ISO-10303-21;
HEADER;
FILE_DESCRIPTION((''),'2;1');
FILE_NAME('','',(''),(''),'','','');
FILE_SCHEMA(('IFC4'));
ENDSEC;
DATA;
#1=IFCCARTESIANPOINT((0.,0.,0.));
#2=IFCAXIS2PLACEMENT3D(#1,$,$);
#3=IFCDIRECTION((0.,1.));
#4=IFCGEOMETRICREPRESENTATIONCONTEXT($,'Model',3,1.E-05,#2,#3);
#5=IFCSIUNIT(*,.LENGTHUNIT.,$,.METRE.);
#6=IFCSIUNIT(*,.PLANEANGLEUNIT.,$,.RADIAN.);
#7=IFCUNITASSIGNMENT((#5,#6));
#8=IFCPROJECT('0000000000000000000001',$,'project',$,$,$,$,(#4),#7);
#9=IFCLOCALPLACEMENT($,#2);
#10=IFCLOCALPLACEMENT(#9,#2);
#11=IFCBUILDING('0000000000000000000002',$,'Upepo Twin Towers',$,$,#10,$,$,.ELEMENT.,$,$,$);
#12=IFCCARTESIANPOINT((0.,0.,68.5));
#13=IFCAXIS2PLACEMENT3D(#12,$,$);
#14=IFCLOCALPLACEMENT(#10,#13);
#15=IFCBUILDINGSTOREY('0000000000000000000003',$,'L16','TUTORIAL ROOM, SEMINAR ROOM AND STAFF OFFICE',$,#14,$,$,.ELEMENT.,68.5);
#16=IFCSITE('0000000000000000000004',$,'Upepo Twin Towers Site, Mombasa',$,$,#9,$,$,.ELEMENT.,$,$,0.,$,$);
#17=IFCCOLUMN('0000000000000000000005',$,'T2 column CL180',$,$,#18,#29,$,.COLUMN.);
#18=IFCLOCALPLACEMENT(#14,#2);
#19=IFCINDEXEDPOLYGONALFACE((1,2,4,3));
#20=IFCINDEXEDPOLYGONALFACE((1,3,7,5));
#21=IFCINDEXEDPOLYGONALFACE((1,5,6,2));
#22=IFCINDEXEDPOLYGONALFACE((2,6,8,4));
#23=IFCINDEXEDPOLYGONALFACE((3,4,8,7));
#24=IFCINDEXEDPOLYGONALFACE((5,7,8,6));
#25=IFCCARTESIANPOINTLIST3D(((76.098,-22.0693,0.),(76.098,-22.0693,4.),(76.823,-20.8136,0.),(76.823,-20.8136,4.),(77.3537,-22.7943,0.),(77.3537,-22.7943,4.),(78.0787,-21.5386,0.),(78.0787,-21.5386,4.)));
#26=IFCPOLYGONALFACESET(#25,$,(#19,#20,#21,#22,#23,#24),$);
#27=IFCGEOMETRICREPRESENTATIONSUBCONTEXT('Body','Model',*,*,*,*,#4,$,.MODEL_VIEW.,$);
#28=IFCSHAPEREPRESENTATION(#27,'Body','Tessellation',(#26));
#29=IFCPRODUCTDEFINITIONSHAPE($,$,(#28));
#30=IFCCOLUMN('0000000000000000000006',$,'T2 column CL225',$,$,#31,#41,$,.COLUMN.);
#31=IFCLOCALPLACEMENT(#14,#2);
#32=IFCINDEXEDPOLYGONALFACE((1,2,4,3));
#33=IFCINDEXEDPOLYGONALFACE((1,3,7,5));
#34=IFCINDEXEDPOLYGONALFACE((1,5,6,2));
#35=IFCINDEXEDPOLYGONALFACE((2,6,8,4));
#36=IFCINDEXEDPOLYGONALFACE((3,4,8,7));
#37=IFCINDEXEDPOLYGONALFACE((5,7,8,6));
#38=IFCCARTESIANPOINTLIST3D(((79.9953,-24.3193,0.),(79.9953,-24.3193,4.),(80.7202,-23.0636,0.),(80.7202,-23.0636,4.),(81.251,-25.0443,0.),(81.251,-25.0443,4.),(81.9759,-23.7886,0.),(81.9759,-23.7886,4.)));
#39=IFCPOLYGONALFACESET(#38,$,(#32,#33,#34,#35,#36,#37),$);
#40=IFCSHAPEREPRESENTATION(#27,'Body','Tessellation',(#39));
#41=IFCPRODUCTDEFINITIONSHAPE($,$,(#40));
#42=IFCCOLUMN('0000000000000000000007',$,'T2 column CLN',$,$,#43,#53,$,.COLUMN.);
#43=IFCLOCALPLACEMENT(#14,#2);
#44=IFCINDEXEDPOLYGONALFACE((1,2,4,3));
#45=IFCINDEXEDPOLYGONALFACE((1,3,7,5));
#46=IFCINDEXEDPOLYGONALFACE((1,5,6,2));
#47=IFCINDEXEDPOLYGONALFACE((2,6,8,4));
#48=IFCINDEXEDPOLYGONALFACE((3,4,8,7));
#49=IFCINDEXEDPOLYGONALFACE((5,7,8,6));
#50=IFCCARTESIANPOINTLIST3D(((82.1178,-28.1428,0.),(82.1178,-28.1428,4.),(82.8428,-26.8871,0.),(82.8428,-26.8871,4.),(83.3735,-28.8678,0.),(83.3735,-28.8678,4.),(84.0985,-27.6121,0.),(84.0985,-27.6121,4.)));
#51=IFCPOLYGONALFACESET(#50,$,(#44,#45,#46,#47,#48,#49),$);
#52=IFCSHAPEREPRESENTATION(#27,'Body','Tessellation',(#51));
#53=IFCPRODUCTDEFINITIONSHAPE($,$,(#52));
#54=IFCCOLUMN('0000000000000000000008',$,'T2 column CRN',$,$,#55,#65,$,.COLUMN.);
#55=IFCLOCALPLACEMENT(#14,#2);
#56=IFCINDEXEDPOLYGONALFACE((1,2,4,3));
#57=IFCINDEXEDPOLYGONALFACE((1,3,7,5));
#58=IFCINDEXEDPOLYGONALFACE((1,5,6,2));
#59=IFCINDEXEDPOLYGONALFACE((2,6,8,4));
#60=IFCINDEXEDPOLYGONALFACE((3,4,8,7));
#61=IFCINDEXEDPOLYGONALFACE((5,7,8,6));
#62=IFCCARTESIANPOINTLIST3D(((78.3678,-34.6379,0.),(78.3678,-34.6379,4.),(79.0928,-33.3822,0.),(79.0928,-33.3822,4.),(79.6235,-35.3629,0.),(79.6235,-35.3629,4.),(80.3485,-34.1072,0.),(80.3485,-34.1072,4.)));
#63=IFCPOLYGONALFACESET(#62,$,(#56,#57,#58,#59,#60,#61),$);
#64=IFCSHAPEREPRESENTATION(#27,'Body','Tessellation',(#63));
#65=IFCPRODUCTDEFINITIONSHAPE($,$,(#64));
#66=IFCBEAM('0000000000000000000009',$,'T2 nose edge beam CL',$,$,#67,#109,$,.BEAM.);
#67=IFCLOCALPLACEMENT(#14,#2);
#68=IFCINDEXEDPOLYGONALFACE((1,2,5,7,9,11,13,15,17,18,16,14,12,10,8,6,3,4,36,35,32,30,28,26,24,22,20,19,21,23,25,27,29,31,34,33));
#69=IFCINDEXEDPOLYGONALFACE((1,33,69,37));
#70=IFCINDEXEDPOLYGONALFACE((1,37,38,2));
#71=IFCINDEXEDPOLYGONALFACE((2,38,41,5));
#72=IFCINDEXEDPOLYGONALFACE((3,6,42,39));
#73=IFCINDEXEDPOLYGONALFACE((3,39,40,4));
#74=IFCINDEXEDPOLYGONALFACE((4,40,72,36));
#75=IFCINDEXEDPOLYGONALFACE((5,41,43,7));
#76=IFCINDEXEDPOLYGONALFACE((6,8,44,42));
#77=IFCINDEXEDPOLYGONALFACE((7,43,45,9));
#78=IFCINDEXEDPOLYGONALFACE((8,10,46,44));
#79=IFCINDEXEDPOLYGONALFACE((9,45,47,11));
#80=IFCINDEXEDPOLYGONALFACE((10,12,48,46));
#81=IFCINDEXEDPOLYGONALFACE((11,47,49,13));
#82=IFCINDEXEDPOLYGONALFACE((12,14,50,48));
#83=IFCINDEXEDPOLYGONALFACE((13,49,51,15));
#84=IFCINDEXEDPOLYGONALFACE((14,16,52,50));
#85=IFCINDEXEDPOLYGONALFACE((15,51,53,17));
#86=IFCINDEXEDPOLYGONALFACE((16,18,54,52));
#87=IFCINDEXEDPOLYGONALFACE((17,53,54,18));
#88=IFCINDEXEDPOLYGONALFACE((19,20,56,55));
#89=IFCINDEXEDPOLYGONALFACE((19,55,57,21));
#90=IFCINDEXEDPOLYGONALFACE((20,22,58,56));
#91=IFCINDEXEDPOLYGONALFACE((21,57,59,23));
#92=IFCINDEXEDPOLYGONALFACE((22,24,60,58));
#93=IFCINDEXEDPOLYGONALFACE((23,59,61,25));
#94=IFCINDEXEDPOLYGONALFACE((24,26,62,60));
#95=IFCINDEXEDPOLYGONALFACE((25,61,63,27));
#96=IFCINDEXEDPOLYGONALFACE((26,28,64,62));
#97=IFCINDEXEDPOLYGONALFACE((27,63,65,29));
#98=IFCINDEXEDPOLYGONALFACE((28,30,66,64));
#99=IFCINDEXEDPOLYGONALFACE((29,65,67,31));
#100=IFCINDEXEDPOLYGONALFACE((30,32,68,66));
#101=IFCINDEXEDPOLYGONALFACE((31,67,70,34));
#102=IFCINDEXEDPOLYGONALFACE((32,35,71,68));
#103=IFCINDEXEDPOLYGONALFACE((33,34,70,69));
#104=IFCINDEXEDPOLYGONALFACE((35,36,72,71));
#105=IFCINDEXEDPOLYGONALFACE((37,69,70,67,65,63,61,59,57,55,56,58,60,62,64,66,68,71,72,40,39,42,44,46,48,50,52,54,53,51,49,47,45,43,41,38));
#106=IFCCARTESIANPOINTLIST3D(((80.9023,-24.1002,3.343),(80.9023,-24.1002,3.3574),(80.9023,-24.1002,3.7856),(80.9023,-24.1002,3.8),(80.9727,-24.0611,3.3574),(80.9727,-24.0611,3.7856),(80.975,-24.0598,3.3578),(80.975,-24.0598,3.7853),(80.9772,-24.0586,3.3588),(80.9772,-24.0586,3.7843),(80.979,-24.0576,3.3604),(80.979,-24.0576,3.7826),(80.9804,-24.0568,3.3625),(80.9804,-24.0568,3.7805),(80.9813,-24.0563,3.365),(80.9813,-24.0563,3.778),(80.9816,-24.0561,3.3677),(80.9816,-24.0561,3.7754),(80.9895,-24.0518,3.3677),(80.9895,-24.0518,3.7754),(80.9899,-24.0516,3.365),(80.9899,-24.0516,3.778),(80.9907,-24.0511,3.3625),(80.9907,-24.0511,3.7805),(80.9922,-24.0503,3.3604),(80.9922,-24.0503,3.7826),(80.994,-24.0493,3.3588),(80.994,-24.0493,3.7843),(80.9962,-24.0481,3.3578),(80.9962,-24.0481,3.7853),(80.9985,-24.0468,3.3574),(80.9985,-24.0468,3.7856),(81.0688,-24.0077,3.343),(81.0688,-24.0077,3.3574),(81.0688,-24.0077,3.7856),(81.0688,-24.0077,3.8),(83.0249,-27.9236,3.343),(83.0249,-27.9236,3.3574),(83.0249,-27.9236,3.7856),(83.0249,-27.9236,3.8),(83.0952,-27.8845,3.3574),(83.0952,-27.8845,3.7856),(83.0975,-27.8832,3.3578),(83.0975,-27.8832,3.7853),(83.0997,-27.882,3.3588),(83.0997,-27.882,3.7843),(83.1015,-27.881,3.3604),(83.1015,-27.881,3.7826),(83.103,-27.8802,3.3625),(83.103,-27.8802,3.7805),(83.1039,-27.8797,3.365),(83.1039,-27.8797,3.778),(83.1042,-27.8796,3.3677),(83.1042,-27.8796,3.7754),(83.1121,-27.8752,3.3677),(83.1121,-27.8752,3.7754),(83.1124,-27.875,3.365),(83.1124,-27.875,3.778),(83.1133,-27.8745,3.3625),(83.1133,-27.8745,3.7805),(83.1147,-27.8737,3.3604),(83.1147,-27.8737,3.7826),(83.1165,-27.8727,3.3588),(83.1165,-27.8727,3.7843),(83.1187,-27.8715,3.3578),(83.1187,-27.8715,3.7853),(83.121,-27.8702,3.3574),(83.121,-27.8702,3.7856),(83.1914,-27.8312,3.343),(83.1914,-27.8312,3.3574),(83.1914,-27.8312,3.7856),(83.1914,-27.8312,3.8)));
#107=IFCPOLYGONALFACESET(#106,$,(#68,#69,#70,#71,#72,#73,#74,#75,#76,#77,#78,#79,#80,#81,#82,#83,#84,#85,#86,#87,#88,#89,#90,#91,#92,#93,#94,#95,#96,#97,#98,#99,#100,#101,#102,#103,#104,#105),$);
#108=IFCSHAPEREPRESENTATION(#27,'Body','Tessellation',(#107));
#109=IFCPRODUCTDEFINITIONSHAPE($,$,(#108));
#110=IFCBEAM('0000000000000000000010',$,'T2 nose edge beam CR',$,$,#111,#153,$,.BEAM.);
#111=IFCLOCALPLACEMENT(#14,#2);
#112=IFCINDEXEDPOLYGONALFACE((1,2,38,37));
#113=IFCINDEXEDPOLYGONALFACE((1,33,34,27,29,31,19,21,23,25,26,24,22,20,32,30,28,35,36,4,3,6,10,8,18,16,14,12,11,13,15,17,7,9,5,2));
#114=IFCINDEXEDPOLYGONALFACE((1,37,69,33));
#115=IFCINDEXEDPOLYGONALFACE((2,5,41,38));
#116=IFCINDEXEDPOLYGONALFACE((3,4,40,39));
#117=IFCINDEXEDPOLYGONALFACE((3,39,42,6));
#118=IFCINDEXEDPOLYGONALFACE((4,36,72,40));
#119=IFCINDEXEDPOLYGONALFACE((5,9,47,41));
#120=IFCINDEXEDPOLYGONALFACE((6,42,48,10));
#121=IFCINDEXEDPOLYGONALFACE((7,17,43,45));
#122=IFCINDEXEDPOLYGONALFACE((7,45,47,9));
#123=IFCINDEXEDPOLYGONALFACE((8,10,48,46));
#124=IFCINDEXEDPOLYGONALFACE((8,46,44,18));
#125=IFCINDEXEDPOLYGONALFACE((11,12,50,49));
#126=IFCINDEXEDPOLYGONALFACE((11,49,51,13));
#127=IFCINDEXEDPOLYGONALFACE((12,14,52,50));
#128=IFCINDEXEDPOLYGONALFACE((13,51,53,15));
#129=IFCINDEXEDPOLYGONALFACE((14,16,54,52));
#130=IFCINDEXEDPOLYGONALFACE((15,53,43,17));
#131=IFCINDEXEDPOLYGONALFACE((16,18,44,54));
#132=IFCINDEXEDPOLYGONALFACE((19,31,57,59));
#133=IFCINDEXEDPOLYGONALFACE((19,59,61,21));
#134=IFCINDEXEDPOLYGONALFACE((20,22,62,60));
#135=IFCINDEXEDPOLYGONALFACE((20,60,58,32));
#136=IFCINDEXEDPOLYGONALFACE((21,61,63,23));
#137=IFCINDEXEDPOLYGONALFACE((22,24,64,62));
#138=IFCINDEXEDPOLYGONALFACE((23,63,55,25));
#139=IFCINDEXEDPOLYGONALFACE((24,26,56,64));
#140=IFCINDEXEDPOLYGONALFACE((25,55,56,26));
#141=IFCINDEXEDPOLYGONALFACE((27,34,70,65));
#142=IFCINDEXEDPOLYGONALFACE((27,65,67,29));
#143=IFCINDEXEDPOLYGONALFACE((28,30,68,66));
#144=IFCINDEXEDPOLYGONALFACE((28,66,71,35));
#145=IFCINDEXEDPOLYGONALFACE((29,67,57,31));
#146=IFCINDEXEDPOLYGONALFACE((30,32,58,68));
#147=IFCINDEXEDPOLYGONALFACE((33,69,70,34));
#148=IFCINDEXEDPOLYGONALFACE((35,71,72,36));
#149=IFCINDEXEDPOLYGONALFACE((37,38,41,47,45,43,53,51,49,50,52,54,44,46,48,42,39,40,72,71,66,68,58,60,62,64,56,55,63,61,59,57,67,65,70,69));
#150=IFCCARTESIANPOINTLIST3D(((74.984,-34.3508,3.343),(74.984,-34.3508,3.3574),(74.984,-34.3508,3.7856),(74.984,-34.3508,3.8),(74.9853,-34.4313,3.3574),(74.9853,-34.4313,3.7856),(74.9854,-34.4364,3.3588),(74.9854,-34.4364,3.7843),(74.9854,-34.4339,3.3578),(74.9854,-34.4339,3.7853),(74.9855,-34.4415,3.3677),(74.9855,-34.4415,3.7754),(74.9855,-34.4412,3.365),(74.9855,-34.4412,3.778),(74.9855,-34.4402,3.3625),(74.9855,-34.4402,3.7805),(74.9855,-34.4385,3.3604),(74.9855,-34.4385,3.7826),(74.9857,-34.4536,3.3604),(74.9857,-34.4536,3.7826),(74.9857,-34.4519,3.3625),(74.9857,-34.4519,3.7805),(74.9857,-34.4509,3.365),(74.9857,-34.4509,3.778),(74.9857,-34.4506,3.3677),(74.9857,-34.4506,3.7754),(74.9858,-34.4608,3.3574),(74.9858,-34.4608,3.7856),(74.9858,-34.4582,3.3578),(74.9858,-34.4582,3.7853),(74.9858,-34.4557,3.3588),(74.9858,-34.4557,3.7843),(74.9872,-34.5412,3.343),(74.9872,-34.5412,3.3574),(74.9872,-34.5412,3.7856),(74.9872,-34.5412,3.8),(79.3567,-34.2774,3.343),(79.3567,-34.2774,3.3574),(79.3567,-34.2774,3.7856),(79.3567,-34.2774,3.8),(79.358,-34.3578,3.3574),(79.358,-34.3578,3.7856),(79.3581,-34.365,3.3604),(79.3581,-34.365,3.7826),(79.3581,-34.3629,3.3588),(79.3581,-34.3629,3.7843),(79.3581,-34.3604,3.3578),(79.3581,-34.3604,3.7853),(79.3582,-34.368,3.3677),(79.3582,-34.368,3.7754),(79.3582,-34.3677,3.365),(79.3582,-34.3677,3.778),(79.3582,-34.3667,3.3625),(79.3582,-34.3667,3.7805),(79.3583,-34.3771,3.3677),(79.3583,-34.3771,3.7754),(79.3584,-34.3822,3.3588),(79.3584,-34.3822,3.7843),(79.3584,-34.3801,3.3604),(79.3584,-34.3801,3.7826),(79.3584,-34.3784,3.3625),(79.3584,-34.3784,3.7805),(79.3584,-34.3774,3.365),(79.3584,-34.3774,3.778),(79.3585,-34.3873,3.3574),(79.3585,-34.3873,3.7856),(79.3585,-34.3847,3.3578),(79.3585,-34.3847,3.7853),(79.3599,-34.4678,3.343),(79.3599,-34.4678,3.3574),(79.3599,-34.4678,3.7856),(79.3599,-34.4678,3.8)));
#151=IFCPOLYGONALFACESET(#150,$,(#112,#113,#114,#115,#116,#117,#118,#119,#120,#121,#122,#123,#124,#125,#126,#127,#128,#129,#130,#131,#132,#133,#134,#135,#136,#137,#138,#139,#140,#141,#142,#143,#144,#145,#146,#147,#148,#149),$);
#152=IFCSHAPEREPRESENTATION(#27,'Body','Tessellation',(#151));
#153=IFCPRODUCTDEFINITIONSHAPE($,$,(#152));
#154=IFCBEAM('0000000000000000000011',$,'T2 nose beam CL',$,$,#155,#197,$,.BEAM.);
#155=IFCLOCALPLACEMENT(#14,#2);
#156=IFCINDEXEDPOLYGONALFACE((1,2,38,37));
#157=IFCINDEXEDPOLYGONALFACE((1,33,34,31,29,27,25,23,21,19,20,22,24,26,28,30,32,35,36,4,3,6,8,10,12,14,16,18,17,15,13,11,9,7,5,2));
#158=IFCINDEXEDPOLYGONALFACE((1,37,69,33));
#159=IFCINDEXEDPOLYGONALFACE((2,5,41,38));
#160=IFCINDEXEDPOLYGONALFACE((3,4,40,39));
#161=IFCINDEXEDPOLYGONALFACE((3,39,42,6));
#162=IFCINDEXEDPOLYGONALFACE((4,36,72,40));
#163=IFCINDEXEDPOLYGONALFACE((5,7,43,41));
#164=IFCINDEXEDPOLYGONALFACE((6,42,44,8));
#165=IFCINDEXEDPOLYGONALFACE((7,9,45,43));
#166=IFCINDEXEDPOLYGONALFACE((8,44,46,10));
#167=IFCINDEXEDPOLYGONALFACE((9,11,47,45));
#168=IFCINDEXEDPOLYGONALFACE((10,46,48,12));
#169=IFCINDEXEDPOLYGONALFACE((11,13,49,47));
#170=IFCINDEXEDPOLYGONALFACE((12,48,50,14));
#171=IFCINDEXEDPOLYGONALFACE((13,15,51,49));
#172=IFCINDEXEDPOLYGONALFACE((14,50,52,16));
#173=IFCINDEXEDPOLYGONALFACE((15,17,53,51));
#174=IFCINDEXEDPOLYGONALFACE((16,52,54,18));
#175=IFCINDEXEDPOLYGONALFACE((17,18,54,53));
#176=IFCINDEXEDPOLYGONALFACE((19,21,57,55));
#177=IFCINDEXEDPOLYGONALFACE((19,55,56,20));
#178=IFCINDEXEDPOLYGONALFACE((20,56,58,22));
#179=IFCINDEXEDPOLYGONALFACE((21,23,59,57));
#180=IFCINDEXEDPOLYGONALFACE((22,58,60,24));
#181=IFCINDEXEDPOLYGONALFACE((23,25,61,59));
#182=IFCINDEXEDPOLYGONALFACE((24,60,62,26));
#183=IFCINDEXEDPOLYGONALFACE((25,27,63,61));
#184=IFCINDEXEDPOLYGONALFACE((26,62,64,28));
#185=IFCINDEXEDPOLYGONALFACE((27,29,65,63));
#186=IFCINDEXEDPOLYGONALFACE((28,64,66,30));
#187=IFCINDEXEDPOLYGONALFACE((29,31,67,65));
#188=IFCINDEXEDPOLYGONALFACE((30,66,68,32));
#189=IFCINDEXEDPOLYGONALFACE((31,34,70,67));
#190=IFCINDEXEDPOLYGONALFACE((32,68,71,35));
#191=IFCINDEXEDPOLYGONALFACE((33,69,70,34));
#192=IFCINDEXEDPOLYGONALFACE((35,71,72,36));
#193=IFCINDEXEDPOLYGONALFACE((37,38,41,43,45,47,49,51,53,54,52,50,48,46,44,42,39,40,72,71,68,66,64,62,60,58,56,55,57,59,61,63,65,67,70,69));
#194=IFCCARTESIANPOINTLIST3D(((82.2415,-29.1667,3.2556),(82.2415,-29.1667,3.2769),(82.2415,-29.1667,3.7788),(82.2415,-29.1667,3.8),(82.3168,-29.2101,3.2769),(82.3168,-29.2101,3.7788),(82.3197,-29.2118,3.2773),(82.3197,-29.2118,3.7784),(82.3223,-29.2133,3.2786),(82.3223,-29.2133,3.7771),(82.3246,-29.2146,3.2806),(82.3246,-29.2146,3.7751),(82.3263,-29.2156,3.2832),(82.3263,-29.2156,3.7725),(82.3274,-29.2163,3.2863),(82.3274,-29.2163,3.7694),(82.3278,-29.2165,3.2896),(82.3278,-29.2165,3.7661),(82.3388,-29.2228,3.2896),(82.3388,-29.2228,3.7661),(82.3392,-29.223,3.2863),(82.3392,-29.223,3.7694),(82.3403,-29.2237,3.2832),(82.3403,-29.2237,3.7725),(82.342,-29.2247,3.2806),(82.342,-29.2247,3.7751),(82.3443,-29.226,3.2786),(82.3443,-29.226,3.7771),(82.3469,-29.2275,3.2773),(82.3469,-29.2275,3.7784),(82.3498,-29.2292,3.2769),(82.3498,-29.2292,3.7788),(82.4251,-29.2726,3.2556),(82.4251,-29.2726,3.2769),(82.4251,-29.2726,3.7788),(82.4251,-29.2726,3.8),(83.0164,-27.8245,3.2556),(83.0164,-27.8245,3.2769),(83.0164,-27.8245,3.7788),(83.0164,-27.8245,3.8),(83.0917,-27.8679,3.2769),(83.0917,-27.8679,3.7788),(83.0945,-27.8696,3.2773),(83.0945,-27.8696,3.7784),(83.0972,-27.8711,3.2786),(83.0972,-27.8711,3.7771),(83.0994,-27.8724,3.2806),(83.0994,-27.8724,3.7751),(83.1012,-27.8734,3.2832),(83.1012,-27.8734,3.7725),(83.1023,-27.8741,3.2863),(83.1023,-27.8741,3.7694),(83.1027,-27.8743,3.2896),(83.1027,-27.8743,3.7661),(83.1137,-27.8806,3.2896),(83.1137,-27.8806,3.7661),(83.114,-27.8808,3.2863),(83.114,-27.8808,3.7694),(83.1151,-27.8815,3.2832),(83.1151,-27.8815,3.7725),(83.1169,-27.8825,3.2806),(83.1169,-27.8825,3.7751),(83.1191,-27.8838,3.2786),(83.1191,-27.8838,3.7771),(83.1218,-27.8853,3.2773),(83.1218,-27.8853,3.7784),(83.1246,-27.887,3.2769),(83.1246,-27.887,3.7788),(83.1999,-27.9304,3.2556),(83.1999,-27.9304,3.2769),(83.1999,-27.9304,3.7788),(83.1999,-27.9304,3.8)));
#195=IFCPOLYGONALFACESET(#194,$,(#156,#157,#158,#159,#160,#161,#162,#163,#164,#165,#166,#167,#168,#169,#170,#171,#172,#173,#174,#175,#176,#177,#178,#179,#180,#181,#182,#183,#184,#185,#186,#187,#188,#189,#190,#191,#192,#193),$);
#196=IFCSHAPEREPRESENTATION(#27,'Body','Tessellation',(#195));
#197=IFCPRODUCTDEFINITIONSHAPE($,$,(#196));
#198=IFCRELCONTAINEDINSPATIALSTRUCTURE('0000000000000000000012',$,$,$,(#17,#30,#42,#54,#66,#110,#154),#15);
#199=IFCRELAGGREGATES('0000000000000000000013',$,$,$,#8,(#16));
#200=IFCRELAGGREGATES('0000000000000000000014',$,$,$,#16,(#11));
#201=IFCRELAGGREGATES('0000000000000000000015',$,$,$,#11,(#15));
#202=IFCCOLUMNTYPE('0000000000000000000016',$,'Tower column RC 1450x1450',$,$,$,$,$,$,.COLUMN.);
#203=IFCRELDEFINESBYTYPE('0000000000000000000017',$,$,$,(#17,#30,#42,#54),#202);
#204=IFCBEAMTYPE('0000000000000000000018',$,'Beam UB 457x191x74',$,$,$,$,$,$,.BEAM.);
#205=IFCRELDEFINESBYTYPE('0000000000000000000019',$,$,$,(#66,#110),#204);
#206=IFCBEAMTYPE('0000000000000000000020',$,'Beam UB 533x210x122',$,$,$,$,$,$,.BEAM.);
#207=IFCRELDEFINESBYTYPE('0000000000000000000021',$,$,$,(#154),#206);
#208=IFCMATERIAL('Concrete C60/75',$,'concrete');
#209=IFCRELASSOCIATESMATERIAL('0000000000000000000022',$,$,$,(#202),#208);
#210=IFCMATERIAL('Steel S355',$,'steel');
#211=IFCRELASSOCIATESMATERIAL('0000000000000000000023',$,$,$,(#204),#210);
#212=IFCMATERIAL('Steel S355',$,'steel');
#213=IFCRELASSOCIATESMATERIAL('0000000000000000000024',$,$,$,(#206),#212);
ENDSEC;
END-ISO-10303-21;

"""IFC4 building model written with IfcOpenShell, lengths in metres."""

from ifc_helpers import new_model, si_unit, direction, frame, origin, origin_2d, place, context, subcontext, project, spatial, rectangle, i_section, extrude, material, material_profile, profile_set, type_object, element, save


model = new_model("IFC4")

# Units and contexts
model_context = context("Model", 3, precision=1e-05, world=origin(), true_north=direction((0.0, 1.0)))
body_context = subcontext(model_context, "Body", "Model", "MODEL_VIEW")
ifc_project = project(units=[si_unit("LENGTHUNIT", "METRE"), si_unit("PLANEANGLEUNIT", "RADIAN")], contexts=[model_context])

# Site, building, storey
site_placement = place(None, origin())
site = spatial("IfcSite", under=ifc_project, at=site_placement, Name="Upepo Twin Towers Site, Mombasa", CompositionType="ELEMENT", RefElevation=0.0)
building_placement = place(site_placement, origin())
building = spatial("IfcBuilding", under=site, at=building_placement, Name="Upepo Twin Towers", CompositionType="ELEMENT")
storey_placement = place(building_placement, frame((0.0, 0.0, 68.5)))
storey = spatial("IfcBuildingStorey", under=building, at=storey_placement, Name="L16", Description="TUTORIAL ROOM, SEMINAR ROOM AND STAFF OFFICE", CompositionType="ELEMENT", Elevation=68.5)

# Columns
ifc_material_1 = material(Name="Concrete C60/75", Category="concrete")
ifc_material_profile_1 = material_profile(ifc_material_1, rectangle(XDim=1.45, YDim=1.45, at=origin_2d()), Name="RC 1450x1450")
ifc_profile_set_1 = profile_set([ifc_material_profile_1], Name="Concrete C60/75")
column_type = type_object("IfcColumnType", Name="Tower column RC 1450x1450", PredefinedType="COLUMN", material=ifc_profile_set_1)
for number, where, z_axis, x_axis, name in (
    (1, (77.0884, -21.804, 0.0), (0.0, 0.0, 1.0), (0.5, 0.866025, 0.0), "T2 column CL180"),
    (2, (80.9856, -24.054, 0.0), (0.0, 0.0, 1.0), (0.5, 0.866025, 0.0), "T2 column CL225"),
    (3, (83.1082, -27.8774, 0.0), (0.0, 0.0, 1.0), (0.5, 0.866025, 0.0), "T2 column CLN"),
    (4, (79.3582, -34.3726, 0.0), (0.0, 0.0, 1.0), (0.5, 0.866025, 0.0), "T2 column CRN"),
):
    element("IfcColumn", number, at=place(storey_placement, frame(where, z_axis=z_axis, x_axis=x_axis)), inside=storey, type_object=column_type, Name=name, PredefinedType="COLUMN", context=body_context, shape_type="SweptSolid", body=[
        extrude(rectangle(XDim=1.45, YDim=1.45, at=origin_2d()), origin(), (0.0, 0.0, 1.0), 4.0),
    ])

# Beams
ifc_material_2 = material(Name="Steel S355", Category="steel")
ifc_material_profile_2 = material_profile(ifc_material_2, i_section(OverallWidth=0.1904, OverallDepth=0.457, WebThickness=0.009, FlangeThickness=0.0144, FilletRadius=0.0103, at=origin_2d()), Name="UB 457x191x74")
ifc_profile_set_2 = profile_set([ifc_material_profile_2], Name="Steel S355")
beam_type_1 = type_object("IfcBeamType", Name="Beam UB 457x191x74", PredefinedType="BEAM", material=ifc_profile_set_2)
beam_1_placement = place(storey_placement, frame((80.9856, -24.054, 3.5715), z_axis=(0.485363, -0.874313, 0.0), x_axis=(0.874313, 0.485363, 0.0)))
element("IfcBeam", 5, at=beam_1_placement, inside=storey, type_object=beam_type_1, Name="T2 nose edge beam CL", PredefinedType="BEAM", context=body_context, shape_type="SweptSolid", body=[
    extrude(i_section(OverallWidth=0.1904, OverallDepth=0.457, WebThickness=0.009, FlangeThickness=0.0144, FilletRadius=0.0103, at=origin_2d()), origin(), (0.0, 0.0, 1.0), 4.373),
])
beam_2_placement = place(storey_placement, frame((74.9856, -34.446, 3.5715), z_axis=(0.999859, 0.016804, 0.0), x_axis=(-0.016804, 0.999859, 0.0)))
element("IfcBeam", 6, at=beam_2_placement, inside=storey, type_object=beam_type_1, Name="T2 nose edge beam CR", PredefinedType="BEAM", context=body_context, shape_type="SweptSolid", body=[
    extrude(i_section(OverallWidth=0.1904, OverallDepth=0.457, WebThickness=0.009, FlangeThickness=0.0144, FilletRadius=0.0103, at=origin_2d()), origin(), (0.0, 0.0, 1.0), 4.3733),
])
ifc_material_3 = material(Name="Steel S355", Category="steel")
ifc_material_profile_3 = material_profile(ifc_material_3, i_section(OverallWidth=0.2119, OverallDepth=0.5444, WebThickness=0.0127, FlangeThickness=0.0212, FilletRadius=0.0127, at=origin_2d()), Name="UB 533x210x122")
ifc_profile_set_3 = profile_set([ifc_material_profile_3], Name="Steel S355")
beam_type_2 = type_object("IfcBeamType", Name="Beam UB 533x210x122", PredefinedType="BEAM", material=ifc_profile_set_3)
for number, where, z_axis, x_axis, name in (
    (7, (83.1082, -27.8774, 3.5278), (-0.499968, -0.866044, 0.0), (0.866044, -0.499968, 0.0), "T2 nose beam CL"),
):
    element("IfcBeam", number, at=place(storey_placement, frame(where, z_axis=z_axis, x_axis=x_axis)), inside=storey, type_object=beam_type_2, Name=name, PredefinedType="BEAM", context=body_context, shape_type="SweptSolid", body=[
        extrude(i_section(OverallWidth=0.2119, OverallDepth=0.5444, WebThickness=0.0127, FlangeThickness=0.0212, FilletRadius=0.0127, at=origin_2d()), origin(), (0.0, 0.0, 1.0), 1.5498),
    ])

save(model, "model.ifc")
